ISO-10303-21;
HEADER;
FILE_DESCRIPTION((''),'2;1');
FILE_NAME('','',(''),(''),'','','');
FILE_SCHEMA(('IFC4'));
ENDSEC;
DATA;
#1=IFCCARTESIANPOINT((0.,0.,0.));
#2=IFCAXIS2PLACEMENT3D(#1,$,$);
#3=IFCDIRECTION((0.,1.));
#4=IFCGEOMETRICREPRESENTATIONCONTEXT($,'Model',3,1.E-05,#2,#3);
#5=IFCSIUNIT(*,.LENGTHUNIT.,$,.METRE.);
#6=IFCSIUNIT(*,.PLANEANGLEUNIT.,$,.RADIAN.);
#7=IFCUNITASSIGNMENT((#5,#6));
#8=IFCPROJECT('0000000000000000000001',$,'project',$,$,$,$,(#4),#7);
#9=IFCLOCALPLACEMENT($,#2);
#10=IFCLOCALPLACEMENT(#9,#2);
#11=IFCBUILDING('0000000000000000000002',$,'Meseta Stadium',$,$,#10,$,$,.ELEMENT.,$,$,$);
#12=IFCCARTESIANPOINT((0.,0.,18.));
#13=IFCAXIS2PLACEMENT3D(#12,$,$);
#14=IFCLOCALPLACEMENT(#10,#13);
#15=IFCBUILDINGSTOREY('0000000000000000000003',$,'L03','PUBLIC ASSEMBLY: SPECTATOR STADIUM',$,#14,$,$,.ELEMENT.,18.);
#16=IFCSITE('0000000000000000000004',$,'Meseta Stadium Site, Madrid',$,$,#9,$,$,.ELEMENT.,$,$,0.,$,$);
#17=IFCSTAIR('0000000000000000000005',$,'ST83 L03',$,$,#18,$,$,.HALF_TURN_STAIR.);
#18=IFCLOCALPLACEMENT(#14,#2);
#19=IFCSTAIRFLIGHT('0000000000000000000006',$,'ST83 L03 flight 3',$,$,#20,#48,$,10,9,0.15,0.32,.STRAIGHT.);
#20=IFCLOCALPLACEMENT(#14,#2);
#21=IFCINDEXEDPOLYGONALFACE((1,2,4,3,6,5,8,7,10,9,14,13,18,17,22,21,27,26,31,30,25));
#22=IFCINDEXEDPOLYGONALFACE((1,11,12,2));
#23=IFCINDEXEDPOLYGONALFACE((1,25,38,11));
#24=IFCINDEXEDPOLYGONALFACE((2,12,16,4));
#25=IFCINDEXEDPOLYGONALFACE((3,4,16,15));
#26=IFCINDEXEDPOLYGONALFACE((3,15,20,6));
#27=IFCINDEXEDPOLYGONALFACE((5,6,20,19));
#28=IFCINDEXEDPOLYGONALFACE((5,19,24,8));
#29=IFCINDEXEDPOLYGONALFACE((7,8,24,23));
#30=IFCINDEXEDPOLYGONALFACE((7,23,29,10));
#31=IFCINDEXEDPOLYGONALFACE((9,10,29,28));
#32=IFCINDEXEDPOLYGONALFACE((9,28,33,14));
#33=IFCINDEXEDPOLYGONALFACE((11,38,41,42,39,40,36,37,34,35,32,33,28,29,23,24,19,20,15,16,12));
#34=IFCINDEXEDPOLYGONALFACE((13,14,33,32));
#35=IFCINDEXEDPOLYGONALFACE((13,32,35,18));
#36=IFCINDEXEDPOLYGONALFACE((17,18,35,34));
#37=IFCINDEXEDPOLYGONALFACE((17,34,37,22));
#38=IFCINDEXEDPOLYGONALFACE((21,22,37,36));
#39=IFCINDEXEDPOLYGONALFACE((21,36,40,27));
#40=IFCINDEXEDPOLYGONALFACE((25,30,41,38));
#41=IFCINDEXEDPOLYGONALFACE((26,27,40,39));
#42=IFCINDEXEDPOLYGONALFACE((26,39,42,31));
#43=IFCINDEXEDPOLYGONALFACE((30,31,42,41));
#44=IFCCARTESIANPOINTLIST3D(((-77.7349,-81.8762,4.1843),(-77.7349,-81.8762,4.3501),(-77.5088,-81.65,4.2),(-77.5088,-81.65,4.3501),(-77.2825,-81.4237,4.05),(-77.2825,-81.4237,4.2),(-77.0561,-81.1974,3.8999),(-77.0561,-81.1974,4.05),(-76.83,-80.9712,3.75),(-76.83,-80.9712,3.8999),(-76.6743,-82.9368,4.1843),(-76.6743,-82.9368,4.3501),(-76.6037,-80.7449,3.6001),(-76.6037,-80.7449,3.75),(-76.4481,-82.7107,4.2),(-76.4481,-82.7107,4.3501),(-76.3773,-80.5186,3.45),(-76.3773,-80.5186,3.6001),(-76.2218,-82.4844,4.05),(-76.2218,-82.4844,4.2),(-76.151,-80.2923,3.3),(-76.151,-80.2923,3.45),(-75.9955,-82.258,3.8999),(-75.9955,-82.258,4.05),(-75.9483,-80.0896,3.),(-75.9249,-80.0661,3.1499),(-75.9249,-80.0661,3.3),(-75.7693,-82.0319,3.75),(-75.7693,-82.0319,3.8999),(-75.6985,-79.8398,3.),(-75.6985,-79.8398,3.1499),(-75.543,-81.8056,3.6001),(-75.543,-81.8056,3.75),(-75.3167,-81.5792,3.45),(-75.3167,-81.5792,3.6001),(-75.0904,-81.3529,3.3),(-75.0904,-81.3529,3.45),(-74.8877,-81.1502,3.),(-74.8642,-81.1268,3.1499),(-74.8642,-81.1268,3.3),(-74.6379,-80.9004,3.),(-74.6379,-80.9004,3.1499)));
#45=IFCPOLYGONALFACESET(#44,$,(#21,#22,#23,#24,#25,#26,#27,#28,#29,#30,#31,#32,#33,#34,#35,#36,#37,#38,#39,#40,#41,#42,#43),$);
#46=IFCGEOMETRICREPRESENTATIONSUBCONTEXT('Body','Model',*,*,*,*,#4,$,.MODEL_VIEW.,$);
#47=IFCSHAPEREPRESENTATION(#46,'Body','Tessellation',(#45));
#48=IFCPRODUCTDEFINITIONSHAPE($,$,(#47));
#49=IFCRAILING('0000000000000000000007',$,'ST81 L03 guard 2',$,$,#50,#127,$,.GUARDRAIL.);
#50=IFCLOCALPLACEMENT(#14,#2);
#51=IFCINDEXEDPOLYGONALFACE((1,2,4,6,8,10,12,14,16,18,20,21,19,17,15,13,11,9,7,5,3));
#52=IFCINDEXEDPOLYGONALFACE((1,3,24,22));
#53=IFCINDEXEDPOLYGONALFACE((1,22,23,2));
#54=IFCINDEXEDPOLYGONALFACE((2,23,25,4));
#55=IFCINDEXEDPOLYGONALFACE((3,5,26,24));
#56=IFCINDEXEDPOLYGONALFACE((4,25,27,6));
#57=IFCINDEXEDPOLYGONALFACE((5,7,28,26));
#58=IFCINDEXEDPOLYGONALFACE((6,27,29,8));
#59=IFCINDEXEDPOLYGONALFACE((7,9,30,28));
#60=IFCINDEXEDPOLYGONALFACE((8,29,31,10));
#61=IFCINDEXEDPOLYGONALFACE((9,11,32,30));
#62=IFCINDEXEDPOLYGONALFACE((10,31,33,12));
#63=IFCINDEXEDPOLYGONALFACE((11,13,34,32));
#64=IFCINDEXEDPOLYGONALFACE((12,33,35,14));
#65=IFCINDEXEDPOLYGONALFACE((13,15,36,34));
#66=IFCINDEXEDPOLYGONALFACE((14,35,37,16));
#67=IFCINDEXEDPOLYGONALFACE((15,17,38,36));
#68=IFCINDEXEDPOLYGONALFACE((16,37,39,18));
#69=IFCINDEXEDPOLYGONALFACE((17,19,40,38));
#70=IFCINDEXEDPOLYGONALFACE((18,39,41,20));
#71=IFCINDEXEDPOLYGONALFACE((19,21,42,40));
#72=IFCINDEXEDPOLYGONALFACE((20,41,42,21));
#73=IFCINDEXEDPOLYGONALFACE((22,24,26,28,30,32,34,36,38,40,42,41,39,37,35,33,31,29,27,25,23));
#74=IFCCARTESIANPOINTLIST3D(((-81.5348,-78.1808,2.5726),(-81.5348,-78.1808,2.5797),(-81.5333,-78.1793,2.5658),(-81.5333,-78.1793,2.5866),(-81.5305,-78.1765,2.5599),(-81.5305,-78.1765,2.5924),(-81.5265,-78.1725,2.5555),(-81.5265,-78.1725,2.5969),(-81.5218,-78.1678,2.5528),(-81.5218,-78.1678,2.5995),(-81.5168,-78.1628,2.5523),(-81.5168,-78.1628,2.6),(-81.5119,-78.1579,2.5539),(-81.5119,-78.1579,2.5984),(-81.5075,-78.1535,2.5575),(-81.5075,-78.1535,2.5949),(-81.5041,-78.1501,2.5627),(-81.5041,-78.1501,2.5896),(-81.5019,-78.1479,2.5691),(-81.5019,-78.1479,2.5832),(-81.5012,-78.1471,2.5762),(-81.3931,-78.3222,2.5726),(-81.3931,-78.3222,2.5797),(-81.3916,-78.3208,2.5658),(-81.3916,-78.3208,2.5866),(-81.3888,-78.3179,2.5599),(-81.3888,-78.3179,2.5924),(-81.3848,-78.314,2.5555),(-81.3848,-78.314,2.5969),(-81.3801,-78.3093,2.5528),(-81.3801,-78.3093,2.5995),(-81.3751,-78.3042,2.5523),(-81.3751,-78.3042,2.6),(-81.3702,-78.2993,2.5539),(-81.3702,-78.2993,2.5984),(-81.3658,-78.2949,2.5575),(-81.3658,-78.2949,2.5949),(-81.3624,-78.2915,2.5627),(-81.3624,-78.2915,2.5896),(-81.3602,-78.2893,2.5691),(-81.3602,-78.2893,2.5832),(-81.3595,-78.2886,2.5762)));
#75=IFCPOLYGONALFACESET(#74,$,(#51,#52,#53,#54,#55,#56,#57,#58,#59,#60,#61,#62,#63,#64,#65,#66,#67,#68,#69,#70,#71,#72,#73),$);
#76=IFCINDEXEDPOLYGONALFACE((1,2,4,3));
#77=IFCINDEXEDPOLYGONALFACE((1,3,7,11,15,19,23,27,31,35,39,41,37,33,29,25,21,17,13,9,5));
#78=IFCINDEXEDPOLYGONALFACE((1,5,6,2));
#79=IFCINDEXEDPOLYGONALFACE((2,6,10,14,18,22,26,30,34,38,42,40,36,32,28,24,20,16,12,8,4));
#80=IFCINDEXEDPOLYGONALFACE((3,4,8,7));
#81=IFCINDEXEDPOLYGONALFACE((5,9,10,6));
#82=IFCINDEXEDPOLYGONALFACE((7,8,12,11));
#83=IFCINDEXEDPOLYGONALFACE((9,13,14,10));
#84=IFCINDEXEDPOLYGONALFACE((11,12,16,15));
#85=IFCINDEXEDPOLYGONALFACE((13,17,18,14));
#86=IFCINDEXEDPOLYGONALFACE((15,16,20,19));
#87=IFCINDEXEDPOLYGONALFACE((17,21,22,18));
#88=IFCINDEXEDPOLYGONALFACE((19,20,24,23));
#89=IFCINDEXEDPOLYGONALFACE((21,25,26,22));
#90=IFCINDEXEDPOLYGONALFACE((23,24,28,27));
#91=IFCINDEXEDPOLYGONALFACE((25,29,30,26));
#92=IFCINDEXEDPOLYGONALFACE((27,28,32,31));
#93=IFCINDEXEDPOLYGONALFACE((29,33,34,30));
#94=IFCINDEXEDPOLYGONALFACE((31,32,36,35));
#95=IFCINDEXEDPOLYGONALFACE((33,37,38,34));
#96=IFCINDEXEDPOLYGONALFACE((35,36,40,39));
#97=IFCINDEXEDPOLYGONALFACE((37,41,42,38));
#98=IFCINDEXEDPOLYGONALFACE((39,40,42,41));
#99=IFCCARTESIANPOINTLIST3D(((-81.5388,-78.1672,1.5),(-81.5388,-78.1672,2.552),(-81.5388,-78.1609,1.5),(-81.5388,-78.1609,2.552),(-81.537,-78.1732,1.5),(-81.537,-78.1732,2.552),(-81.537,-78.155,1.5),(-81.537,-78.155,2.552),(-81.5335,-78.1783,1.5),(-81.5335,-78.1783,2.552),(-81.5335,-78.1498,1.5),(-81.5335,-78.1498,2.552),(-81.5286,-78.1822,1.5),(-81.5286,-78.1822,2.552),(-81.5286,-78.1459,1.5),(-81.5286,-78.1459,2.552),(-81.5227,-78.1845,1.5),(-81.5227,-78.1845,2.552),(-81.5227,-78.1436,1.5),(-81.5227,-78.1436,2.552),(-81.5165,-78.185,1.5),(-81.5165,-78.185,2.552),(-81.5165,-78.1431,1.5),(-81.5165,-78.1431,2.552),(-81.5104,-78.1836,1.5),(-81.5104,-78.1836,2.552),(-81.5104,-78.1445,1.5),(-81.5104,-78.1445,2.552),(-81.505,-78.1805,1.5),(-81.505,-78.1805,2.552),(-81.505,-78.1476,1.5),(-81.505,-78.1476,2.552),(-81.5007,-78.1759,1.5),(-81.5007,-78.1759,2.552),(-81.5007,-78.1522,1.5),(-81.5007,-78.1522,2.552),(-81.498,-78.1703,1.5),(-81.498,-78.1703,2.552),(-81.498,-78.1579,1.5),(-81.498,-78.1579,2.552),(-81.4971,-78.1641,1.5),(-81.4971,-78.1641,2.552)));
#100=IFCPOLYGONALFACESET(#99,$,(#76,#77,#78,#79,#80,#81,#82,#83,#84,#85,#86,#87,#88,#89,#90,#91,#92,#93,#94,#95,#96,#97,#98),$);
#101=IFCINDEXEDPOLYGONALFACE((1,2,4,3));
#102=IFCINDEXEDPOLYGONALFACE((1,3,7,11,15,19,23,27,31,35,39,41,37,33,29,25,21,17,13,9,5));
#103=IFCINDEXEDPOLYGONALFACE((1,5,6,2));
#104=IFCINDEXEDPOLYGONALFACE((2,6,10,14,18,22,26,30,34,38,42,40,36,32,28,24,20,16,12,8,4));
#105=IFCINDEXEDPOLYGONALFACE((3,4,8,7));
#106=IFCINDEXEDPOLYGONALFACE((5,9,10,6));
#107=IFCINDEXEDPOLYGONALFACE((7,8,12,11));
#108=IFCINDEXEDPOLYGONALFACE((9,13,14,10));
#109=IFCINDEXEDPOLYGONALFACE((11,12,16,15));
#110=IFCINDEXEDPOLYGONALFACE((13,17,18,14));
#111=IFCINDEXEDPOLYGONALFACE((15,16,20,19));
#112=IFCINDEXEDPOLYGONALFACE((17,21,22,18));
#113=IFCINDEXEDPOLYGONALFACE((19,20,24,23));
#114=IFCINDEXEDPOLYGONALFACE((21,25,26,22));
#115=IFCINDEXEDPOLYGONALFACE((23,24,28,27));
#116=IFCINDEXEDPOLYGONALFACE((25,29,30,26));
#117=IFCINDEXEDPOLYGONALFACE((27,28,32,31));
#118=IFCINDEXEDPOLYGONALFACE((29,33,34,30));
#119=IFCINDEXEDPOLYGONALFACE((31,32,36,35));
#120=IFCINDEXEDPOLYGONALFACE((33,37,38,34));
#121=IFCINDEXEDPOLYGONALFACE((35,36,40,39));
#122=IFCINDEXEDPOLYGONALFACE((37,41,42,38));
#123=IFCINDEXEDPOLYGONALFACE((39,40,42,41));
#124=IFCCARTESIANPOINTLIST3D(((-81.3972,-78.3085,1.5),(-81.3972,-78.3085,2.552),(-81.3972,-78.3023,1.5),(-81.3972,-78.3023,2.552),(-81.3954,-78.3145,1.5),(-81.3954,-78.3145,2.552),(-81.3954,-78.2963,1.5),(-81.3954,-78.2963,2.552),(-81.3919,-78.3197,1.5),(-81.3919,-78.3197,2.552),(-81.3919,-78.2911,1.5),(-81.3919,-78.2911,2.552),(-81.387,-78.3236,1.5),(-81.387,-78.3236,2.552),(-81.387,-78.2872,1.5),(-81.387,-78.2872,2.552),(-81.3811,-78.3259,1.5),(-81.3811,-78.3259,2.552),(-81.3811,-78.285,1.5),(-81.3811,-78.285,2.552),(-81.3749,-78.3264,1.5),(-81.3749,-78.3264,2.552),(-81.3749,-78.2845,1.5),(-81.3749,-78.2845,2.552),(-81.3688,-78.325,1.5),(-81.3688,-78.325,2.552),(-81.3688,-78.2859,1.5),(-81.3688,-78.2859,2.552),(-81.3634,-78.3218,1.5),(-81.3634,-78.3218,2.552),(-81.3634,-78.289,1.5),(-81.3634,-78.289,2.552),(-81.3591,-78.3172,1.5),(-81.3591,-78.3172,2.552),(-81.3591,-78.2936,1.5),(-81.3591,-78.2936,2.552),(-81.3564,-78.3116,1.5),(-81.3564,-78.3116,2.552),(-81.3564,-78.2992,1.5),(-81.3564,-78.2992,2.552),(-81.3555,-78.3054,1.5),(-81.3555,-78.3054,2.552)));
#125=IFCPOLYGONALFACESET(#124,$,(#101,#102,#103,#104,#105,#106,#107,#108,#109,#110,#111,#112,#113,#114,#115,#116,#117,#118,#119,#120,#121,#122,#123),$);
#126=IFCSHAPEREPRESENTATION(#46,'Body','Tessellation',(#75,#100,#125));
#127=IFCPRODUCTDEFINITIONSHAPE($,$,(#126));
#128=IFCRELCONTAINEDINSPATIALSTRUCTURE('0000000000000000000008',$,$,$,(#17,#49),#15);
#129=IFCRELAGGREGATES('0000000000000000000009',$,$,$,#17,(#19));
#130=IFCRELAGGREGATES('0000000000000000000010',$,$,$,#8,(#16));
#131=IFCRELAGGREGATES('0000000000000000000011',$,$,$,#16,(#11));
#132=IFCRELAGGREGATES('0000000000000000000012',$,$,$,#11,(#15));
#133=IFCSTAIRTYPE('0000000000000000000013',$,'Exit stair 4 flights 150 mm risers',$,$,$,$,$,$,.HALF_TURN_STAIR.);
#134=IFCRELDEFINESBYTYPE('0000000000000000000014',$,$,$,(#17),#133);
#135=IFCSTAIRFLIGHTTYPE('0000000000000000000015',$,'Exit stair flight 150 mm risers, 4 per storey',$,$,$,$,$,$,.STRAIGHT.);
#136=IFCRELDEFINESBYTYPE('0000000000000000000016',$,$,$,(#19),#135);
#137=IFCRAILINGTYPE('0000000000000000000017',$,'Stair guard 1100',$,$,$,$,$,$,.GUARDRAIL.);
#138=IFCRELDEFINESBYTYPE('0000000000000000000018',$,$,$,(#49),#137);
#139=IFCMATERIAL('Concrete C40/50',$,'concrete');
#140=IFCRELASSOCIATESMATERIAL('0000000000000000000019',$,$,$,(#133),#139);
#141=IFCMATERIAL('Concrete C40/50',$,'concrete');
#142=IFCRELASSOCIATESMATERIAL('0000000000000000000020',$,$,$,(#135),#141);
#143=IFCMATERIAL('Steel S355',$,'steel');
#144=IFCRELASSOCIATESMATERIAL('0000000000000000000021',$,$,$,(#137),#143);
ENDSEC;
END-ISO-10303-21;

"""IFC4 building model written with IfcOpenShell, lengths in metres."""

from ifc_helpers import new_model, si_unit, direction, frame, origin, origin_2d, place, context, subcontext, project, spatial, polyline, circle, outline, extrude, material, type_object, element, aggregate, save


model = new_model("IFC4")

# Units and contexts
model_context = context("Model", 3, precision=1e-05, world=origin(), true_north=direction((0.0, 1.0)))
body_context = subcontext(model_context, "Body", "Model", "MODEL_VIEW")
ifc_project = project(units=[si_unit("LENGTHUNIT", "METRE"), si_unit("PLANEANGLEUNIT", "RADIAN")], contexts=[model_context])

# Site, building, storey
site_placement = place(None, origin())
site = spatial("IfcSite", under=ifc_project, at=site_placement, Name="Meseta Stadium Site, Madrid", CompositionType="ELEMENT", RefElevation=0.0)
building_placement = place(site_placement, origin())
building = spatial("IfcBuilding", under=site, at=building_placement, Name="Meseta Stadium", CompositionType="ELEMENT")
storey_placement = place(building_placement, frame((0.0, 0.0, 18.0)))
storey = spatial("IfcBuildingStorey", under=building, at=storey_placement, Name="L03", Description="PUBLIC ASSEMBLY: SPECTATOR STADIUM", CompositionType="ELEMENT", Elevation=18.0)

# Stair, stair flight
ifc_material_1 = material(Name="Concrete C40/50", Category="concrete")
stair_type = type_object("IfcStairType", Name="Exit stair 4 flights 150 mm risers", PredefinedType="HALF_TURN_STAIR", material=ifc_material_1)
ifc_material_2 = material(Name="Concrete C40/50", Category="concrete")
stair_flight_type = type_object("IfcStairFlightType", Name="Exit stair flight 150 mm risers, 4 per storey", PredefinedType="STRAIGHT", material=ifc_material_2)
stair_1_placement = place(storey_placement, origin())
stair_1 = element("IfcStair", 1, at=stair_1_placement, inside=storey, type_object=stair_type, Name="ST83 L03", PredefinedType="HALF_TURN_STAIR")
stair_flight_1_placement = place(storey_placement, frame((-75.1682, -80.3701, 3.0), z_axis=(0.0, 0.0, 1.0), x_axis=(-0.707107, -0.707107, 0.0)))
stair_flight_1 = element("IfcStairFlight", 2, at=stair_flight_1_placement, type_object=stair_flight_type, Name="ST83 L03 flight 3", NumberOfRisers=10, NumberOfTreads=9, PredefinedType="STRAIGHT", RiserHeight=0.15, TreadLength=0.32, context=body_context, shape_type="SweptSolid", body=[
    extrude(outline(polyline([(0.0, 0.0), (0.0, 0.1499), (0.3201, 0.1499), (0.3201, 0.3), (0.6399, 0.3), (0.6399, 0.45), (0.96, 0.45), (0.96, 0.6001), (1.28, 0.6001), (1.28, 0.75), (1.6001, 0.75), (1.6001, 0.8999), (1.9199, 0.8999), (1.9199, 1.05), (2.24, 1.05), (2.24, 1.2), (2.5601, 1.2), (2.5601, 1.3501), (2.8799, 1.3501), (2.8799, 1.1843), (0.3533, 0.0), (0.0, 0.0)])), frame((0.0, 0.75, 0.0), z_axis=(0.0, -1.0, 0.0), x_axis=(1.0, 0.0, 0.0)), (0.0, 0.0, 1.0), 1.5),
])
aggregate(stair_1, [stair_flight_1])

# Railing
ifc_material_3 = material(Name="Steel S355", Category="steel")
railing_type_1 = type_object("IfcRailingType", Name="Stair guard 1100", PredefinedType="GUARDRAIL", material=ifc_material_3)
railing_1_placement = place(storey_placement, frame((-81.5181, -78.1641, 1.5)))
element("IfcRailing", 3, at=railing_1_placement, inside=storey, type_object=railing_type_1, Name="ST81 L03 guard 2", PredefinedType="GUARDRAIL", context=body_context, shape_type="SweptSolid", body=[
    extrude(circle(Radius=0.0239, at=origin_2d()), frame((0.0, 0.0, 1.0762), z_axis=(0.707717, -0.706496, 0.0), x_axis=(0.706496, 0.707717, 0.0)), (0.0, 0.0, 1.0), 0.2002),
    extrude(circle(Radius=0.021, at=origin_2d()), origin(), (0.0, 0.0, 1.0), 1.052),
    extrude(circle(Radius=0.021, at=origin_2d()), frame((0.1416, -0.1414, 0.0)), (0.0, 0.0, 1.0), 1.052),
])

save(model, "model.ifc")
